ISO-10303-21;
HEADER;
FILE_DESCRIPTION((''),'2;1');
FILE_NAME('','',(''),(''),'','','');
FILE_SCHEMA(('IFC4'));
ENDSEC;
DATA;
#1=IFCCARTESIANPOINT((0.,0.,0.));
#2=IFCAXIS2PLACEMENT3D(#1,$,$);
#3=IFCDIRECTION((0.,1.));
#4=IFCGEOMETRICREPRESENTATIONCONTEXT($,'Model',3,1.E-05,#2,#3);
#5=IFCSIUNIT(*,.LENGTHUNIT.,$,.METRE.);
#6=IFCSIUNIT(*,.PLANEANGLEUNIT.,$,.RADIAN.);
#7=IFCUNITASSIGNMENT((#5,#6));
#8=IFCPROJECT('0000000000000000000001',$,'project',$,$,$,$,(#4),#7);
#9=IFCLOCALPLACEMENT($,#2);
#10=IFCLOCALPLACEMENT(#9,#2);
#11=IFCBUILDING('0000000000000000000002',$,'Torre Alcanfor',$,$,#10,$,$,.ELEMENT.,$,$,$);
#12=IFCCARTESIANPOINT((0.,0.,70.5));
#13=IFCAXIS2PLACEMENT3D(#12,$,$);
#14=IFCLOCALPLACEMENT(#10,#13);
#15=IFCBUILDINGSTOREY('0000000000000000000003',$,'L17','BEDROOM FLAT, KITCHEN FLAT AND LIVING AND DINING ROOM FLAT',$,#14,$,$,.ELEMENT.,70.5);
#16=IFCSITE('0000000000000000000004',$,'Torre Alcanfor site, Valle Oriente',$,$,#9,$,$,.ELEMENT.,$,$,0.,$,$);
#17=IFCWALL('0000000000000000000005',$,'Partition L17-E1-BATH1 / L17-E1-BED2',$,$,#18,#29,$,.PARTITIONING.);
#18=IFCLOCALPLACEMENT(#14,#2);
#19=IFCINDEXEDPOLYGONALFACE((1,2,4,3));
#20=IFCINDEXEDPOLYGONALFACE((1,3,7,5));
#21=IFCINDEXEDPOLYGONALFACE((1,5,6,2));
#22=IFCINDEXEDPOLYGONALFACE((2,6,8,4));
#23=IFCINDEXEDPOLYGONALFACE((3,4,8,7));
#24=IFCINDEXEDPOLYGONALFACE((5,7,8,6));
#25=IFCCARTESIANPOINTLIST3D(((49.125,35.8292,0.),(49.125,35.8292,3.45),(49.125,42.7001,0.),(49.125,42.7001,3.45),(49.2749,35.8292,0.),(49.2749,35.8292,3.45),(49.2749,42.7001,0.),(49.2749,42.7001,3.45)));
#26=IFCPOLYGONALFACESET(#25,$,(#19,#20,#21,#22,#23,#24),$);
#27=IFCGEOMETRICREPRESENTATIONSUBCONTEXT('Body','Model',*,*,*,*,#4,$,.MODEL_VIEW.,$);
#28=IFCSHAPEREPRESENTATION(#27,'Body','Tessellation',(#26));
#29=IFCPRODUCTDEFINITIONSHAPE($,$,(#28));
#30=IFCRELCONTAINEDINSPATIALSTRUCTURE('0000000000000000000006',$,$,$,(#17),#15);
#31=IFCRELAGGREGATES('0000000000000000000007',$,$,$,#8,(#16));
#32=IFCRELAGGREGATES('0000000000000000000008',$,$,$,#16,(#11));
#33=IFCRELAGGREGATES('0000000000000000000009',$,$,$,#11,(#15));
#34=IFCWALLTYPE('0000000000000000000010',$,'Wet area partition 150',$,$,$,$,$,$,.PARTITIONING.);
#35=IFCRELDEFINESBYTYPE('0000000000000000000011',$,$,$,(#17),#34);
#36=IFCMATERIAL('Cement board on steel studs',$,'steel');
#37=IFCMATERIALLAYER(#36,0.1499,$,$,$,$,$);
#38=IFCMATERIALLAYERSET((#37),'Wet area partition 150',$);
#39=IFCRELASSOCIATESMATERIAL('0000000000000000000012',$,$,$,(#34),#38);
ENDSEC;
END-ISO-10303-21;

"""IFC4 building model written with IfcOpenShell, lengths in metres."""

from ifc_helpers import new_model, si_unit, direction, frame, frame_2d, origin, place, context, subcontext, project, spatial, rectangle, extrude, material, layer, layer_set, type_object, element, save


model = new_model("IFC4")

# Units and contexts
model_context = context("Model", 3, precision=1e-05, world=origin(), true_north=direction((0.0, 1.0)))
body_context = subcontext(model_context, "Body", "Model", "MODEL_VIEW")
ifc_project = project(units=[si_unit("LENGTHUNIT", "METRE"), si_unit("PLANEANGLEUNIT", "RADIAN")], contexts=[model_context])

# Site, building, storey
site_placement = place(None, origin())
site = spatial("IfcSite", under=ifc_project, at=site_placement, Name="Torre Alcanfor site, Valle Oriente", CompositionType="ELEMENT", RefElevation=0.0)
building_placement = place(site_placement, origin())
building = spatial("IfcBuilding", under=site, at=building_placement, Name="Torre Alcanfor", CompositionType="ELEMENT")
storey_placement = place(building_placement, frame((0.0, 0.0, 70.5)))
storey = spatial("IfcBuildingStorey", under=building, at=storey_placement, Name="L17", Description="BEDROOM FLAT, KITCHEN FLAT AND LIVING AND DINING ROOM FLAT", CompositionType="ELEMENT", Elevation=70.5)

# Shared definitions
ifc_material_1 = material(Name="Cement board on steel studs", Category="steel")
ifc_layer_1 = layer(ifc_material_1, 0.1499)
ifc_layer_set_1 = layer_set([ifc_layer_1], Name="Wet area partition 150")
wall_type_1 = type_object("IfcWallType", Name="Wet area partition 150", PredefinedType="PARTITIONING", material=ifc_layer_set_1)

# Wall
for number, where, z_axis, x_axis, name in (
    (1, (49.2, 35.8291, 0.0), (0.0, 0.0, 1.0), (0.0, 1.0, 0.0), "Partition L17-E1-BATH1 / L17-E1-BED2"),
):
    element("IfcWall", number, at=place(storey_placement, frame(where, z_axis=z_axis, x_axis=x_axis)), inside=storey, type_object=wall_type_1, Name=name, PredefinedType="PARTITIONING", context=body_context, shape_type="SweptSolid", body=[
        extrude(rectangle(XDim=6.8708, YDim=0.1499, at=frame_2d((3.4355, 0.0))), origin(), (0.0, 0.0, 1.0), 3.45),
    ])

save(model, "model.ifc")
